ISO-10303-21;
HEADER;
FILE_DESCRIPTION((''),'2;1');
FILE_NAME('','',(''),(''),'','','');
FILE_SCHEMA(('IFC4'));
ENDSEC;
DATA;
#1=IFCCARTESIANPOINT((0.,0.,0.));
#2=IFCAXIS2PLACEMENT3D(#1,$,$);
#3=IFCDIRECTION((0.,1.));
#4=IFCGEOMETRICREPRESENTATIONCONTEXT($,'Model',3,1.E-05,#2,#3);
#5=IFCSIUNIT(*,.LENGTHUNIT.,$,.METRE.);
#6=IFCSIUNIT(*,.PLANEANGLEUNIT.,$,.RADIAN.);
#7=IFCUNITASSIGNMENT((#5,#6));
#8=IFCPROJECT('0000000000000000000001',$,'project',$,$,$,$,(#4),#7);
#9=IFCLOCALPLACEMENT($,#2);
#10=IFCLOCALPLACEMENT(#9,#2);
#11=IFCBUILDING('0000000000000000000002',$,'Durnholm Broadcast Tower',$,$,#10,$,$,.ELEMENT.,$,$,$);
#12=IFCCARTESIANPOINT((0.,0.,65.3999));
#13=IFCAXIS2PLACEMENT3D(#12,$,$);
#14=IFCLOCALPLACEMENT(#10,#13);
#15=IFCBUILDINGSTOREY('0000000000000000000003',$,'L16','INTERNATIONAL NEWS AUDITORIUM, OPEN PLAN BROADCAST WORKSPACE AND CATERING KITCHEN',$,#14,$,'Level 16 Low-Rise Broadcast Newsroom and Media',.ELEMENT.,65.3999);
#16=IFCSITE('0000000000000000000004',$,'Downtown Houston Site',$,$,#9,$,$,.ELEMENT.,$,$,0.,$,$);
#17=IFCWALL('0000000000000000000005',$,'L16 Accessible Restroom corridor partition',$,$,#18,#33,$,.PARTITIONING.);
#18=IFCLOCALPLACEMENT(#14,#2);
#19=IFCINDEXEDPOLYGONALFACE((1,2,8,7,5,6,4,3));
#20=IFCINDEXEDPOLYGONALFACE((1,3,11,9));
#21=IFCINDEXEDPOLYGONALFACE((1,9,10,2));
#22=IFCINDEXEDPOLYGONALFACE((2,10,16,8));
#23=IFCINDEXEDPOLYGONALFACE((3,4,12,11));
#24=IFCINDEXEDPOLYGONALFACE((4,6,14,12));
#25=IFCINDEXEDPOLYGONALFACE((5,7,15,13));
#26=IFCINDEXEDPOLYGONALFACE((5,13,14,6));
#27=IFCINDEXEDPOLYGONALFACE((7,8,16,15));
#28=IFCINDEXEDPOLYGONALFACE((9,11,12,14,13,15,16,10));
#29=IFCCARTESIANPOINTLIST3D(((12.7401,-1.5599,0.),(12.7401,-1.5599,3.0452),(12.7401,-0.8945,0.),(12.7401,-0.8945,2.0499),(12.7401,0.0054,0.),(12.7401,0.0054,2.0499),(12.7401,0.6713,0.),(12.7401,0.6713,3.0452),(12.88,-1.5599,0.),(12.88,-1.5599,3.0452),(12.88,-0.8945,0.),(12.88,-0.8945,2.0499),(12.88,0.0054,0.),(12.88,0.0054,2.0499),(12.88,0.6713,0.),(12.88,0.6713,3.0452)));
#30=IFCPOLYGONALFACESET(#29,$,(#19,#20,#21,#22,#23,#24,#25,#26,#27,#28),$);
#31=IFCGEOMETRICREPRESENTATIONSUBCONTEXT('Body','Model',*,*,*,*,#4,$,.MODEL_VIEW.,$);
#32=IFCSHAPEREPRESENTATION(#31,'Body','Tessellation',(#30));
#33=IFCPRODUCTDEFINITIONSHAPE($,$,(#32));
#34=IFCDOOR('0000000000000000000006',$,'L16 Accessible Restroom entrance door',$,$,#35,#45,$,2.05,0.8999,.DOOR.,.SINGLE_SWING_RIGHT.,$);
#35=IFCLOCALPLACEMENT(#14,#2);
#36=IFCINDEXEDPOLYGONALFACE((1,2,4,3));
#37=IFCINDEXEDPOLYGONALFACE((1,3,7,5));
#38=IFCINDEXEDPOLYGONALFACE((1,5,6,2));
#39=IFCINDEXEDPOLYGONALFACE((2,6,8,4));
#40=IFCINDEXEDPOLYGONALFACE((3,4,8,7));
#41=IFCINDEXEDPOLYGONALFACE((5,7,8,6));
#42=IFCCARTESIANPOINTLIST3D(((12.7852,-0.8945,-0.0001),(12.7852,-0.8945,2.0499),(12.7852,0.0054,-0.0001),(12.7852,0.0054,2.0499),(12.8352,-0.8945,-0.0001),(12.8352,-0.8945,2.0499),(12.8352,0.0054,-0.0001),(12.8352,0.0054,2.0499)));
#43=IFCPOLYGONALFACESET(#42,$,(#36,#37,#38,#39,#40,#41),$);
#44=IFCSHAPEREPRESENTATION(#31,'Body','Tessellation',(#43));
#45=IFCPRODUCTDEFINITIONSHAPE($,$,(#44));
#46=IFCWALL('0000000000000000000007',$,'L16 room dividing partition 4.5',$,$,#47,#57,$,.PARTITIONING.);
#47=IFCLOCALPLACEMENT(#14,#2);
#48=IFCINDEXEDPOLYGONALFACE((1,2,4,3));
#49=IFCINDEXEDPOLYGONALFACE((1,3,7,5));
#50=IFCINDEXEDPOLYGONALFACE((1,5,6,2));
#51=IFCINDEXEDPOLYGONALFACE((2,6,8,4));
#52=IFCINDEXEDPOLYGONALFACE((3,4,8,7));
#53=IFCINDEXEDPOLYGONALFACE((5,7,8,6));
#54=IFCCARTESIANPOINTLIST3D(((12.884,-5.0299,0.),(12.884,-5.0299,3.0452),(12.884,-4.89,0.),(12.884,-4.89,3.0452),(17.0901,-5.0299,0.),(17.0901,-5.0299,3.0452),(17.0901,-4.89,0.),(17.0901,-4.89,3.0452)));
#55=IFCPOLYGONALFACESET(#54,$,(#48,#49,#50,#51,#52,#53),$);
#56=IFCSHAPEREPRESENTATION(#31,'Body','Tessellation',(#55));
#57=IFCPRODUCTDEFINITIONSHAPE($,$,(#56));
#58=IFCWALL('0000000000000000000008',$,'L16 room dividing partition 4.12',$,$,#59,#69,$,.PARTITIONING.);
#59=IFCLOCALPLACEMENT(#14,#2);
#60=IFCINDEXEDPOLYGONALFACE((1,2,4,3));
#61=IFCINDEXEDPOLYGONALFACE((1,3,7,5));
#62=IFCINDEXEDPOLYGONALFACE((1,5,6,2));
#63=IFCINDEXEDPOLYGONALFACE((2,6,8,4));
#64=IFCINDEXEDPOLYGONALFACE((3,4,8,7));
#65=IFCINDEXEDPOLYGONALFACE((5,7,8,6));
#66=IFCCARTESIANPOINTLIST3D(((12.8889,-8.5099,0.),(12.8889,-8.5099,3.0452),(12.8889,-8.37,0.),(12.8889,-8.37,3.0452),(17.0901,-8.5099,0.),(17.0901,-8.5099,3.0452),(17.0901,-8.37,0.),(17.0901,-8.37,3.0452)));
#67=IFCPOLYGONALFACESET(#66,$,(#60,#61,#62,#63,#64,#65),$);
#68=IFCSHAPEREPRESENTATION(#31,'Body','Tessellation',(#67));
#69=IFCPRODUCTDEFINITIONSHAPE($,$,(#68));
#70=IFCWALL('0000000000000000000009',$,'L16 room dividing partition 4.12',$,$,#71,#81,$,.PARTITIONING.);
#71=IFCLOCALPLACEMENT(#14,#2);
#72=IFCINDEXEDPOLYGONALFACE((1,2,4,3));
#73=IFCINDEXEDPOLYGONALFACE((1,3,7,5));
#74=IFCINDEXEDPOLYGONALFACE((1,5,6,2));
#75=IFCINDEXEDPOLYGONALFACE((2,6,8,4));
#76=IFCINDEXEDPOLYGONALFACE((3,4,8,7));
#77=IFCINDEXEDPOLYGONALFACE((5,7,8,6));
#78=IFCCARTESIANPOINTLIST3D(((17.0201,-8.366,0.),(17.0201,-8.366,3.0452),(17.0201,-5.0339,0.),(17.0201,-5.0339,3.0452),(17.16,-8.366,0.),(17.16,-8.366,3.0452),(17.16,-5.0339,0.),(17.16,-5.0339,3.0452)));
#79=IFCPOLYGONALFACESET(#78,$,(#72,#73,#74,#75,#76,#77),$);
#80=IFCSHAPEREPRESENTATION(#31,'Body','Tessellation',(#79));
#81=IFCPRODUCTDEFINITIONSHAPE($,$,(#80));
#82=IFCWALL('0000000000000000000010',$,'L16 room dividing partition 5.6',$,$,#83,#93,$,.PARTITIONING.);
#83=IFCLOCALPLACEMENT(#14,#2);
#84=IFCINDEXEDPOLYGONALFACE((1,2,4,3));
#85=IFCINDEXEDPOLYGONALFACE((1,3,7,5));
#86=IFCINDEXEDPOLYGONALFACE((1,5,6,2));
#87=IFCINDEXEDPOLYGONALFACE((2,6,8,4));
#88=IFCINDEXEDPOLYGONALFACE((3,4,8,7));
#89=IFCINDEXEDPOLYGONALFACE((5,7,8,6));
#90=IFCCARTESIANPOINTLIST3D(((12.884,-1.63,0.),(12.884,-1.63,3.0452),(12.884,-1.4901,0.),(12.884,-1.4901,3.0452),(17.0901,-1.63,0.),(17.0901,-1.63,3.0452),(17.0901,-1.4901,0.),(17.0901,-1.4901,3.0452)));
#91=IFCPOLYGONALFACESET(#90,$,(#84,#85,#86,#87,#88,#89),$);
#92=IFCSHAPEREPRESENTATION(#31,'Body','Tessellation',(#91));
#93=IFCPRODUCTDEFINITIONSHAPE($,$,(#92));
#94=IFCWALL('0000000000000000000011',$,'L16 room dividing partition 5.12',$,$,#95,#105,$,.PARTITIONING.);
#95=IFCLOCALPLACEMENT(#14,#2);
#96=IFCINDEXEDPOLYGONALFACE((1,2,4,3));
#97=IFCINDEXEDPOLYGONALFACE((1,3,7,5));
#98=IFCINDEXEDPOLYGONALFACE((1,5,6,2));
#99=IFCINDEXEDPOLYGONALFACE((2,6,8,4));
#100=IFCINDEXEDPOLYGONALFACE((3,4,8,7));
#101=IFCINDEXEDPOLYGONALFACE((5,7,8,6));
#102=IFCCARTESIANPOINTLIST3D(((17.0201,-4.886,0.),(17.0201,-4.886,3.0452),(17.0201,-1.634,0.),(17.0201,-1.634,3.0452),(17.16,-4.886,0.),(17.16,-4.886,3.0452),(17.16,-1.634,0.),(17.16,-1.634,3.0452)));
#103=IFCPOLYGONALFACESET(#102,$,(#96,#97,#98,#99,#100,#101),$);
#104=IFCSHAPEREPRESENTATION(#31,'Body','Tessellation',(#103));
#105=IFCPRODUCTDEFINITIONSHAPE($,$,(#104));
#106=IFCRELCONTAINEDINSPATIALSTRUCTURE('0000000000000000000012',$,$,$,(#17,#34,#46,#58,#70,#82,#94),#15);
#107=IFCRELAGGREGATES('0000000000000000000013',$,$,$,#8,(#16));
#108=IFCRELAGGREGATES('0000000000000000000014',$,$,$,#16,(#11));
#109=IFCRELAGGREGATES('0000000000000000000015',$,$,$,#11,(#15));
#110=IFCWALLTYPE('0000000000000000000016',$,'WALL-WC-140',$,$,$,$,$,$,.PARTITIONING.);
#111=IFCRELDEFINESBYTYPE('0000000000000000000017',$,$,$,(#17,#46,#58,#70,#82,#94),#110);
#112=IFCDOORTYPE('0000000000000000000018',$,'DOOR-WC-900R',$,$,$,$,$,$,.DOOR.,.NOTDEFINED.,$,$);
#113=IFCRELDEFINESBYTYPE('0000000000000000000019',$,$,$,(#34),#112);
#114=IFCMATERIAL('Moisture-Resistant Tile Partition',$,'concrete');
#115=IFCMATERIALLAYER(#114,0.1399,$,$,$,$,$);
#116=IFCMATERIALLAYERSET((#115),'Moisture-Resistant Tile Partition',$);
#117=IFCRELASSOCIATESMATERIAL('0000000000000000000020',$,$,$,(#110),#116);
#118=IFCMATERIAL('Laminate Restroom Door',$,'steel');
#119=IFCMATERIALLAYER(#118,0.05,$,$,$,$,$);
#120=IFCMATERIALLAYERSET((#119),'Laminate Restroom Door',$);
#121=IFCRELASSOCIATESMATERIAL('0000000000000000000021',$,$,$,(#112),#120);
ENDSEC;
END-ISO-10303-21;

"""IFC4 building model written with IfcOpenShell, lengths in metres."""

from ifc_helpers import new_model, si_unit, direction, frame, frame_2d, origin, place, context, subcontext, project, spatial, rectangle, extrude, source, transform, mapped, material, layer, layer_set, type_object, type_shapes, element, fill, save


model = new_model("IFC4")

# Units and contexts
model_context = context("Model", 3, precision=1e-05, world=origin(), true_north=direction((0.0, 1.0)))
body_context = subcontext(model_context, "Body", "Model", "MODEL_VIEW")
ifc_project = project(units=[si_unit("LENGTHUNIT", "METRE"), si_unit("PLANEANGLEUNIT", "RADIAN")], contexts=[model_context])

# Site, building, storey
site_placement = place(None, origin())
site = spatial("IfcSite", under=ifc_project, at=site_placement, Name="Downtown Houston Site", CompositionType="ELEMENT", RefElevation=0.0)
building_placement = place(site_placement, origin())
building = spatial("IfcBuilding", under=site, at=building_placement, Name="Durnholm Broadcast Tower", CompositionType="ELEMENT")
storey_placement = place(building_placement, frame((0.0, 0.0, 65.3999)))
storey = spatial("IfcBuildingStorey", under=building, at=storey_placement, Name="L16", Description="INTERNATIONAL NEWS AUDITORIUM, OPEN PLAN BROADCAST WORKSPACE AND CATERING KITCHEN", LongName="Level 16 Low-Rise Broadcast Newsroom and Media", CompositionType="ELEMENT", Elevation=65.3999)

# Wall, opening, door
ifc_material_1 = material(Name="Moisture-Resistant Tile Partition", Category="concrete")
ifc_layer_1 = layer(ifc_material_1, 0.1399)
ifc_layer_set_1 = layer_set([ifc_layer_1], Name="Moisture-Resistant Tile Partition")
wall_type = type_object("IfcWallType", Name="WALL-WC-140", PredefinedType="PARTITIONING", material=ifc_layer_set_1)
ifc_material_2 = material(Name="Laminate Restroom Door", Category="steel")
ifc_layer_2 = layer(ifc_material_2, 0.05)
ifc_layer_set_2 = layer_set([ifc_layer_2], Name="Laminate Restroom Door")
door_type_1 = type_object("IfcDoorType", Name="DOOR-WC-900R", OperationType="NOTDEFINED", PredefinedType="DOOR", material=ifc_layer_set_2)
shared_shape_1 = source(origin(), body_context, "Body", "SweptSolid", [
    extrude(rectangle(XDim=0.8999, YDim=2.05, at=frame_2d((0.45, 1.0249))), frame((0.0, 0.0249, 0.0), z_axis=(0.0, -1.0, 0.0), x_axis=(1.0, 0.0, 0.0)), (0.0, 0.0, 1.0), 0.05),
])
type_shapes(door_type_1, [shared_shape_1])
wall_1_placement = place(storey_placement, frame((12.8101, -1.5601, 0.0), z_axis=(0.0, 0.0, 1.0), x_axis=(0.0, 1.0, 0.0)))
wall_1 = element("IfcWall", 1, at=wall_1_placement, inside=storey, type_object=wall_type, Name="L16 Accessible Restroom corridor partition", PredefinedType="PARTITIONING", context=body_context, shape_type="SweptSolid", body=[
    extrude(rectangle(XDim=2.2312, YDim=0.1399, at=frame_2d((1.1157, 0.0))), origin(), (0.0, 0.0, 1.0), 3.0452),
])
opening_1_placement = place(wall_1_placement, frame((0.6655, 0.0, 0.0)))
opening_1 = element("IfcOpeningElement", 2, at=opening_1_placement, cuts=wall_1, PredefinedType="OPENING", context=body_context, shape_type="SweptSolid", body=[
    extrude(rectangle(XDim=0.8999, YDim=2.05, at=frame_2d((0.45, 1.0249))), frame((0.0, 0.0801, 0.0), z_axis=(0.0, -1.0, 0.0), x_axis=(1.0, 0.0, 0.0)), (0.0, 0.0, 1.0), 0.1599),
])
door_1_placement = place(opening_1_placement, origin())
door_1 = element("IfcDoor", 3, at=door_1_placement, inside=storey, type_object=door_type_1, Name="L16 Accessible Restroom entrance door", OperationType="SINGLE_SWING_RIGHT", OverallHeight=2.05, OverallWidth=0.8999, PredefinedType="DOOR", context=body_context, shape_type="MappedRepresentation", body=[
    mapped(shared_shape_1, transform((0.0, 0.0, 0.0), x_axis=(1.0, 0.0, 0.0), y_axis=(0.0, 1.0, 0.0), z_axis=(0.0, 0.0, 1.0), scale=1.0)),
])
fill(opening_1, door_1)

# Walls
wall_2_placement = place(storey_placement, frame((12.884, -4.96, 0.0), z_axis=(0.0, 0.0, 1.0), x_axis=(1.0, 0.0, 0.0)))
element("IfcWall", 4, at=wall_2_placement, inside=storey, type_object=wall_type, Name="L16 room dividing partition 4.5", PredefinedType="PARTITIONING", context=body_context, shape_type="SweptSolid", body=[
    extrude(rectangle(XDim=4.2061, YDim=0.1399, at=frame_2d((2.103, 0.0))), origin(), (0.0, 0.0, 1.0), 3.0452),
])
wall_3_placement = place(storey_placement, frame((17.0901, -8.4399, 0.0), z_axis=(0.0, 0.0, 1.0), x_axis=(-1.0, 0.0, 0.0)))
element("IfcWall", 5, at=wall_3_placement, inside=storey, type_object=wall_type, Name="L16 room dividing partition 4.12", PredefinedType="PARTITIONING", context=body_context, shape_type="SweptSolid", body=[
    extrude(rectangle(XDim=4.2012, YDim=0.1399, at=frame_2d((2.1006, 0.0))), origin(), (0.0, 0.0, 1.0), 3.0452),
])
wall_4_placement = place(storey_placement, frame((17.0901, -5.0339, 0.0), z_axis=(0.0, 0.0, 1.0), x_axis=(0.0, -1.0, 0.0)))
element("IfcWall", 6, at=wall_4_placement, inside=storey, type_object=wall_type, Name="L16 room dividing partition 4.12", PredefinedType="PARTITIONING", context=body_context, shape_type="SweptSolid", body=[
    extrude(rectangle(XDim=3.332, YDim=0.1399, at=frame_2d((1.666, 0.0))), origin(), (0.0, 0.0, 1.0), 3.0452),
])
wall_5_placement = place(storey_placement, frame((12.884, -1.5601, 0.0), z_axis=(0.0, 0.0, 1.0), x_axis=(1.0, 0.0, 0.0)))
element("IfcWall", 7, at=wall_5_placement, inside=storey, type_object=wall_type, Name="L16 room dividing partition 5.6", PredefinedType="PARTITIONING", context=body_context, shape_type="SweptSolid", body=[
    extrude(rectangle(XDim=4.2061, YDim=0.1399, at=frame_2d((2.103, 0.0))), origin(), (0.0, 0.0, 1.0), 3.0452),
])
wall_6_placement = place(storey_placement, frame((17.0901, -1.634, 0.0), z_axis=(0.0, 0.0, 1.0), x_axis=(0.0, -1.0, 0.0)))
element("IfcWall", 8, at=wall_6_placement, inside=storey, type_object=wall_type, Name="L16 room dividing partition 5.12", PredefinedType="PARTITIONING", context=body_context, shape_type="SweptSolid", body=[
    extrude(rectangle(XDim=3.252, YDim=0.1399, at=frame_2d((1.626, 0.0))), origin(), (0.0, 0.0, 1.0), 3.0452),
])

save(model, "model.ifc")
